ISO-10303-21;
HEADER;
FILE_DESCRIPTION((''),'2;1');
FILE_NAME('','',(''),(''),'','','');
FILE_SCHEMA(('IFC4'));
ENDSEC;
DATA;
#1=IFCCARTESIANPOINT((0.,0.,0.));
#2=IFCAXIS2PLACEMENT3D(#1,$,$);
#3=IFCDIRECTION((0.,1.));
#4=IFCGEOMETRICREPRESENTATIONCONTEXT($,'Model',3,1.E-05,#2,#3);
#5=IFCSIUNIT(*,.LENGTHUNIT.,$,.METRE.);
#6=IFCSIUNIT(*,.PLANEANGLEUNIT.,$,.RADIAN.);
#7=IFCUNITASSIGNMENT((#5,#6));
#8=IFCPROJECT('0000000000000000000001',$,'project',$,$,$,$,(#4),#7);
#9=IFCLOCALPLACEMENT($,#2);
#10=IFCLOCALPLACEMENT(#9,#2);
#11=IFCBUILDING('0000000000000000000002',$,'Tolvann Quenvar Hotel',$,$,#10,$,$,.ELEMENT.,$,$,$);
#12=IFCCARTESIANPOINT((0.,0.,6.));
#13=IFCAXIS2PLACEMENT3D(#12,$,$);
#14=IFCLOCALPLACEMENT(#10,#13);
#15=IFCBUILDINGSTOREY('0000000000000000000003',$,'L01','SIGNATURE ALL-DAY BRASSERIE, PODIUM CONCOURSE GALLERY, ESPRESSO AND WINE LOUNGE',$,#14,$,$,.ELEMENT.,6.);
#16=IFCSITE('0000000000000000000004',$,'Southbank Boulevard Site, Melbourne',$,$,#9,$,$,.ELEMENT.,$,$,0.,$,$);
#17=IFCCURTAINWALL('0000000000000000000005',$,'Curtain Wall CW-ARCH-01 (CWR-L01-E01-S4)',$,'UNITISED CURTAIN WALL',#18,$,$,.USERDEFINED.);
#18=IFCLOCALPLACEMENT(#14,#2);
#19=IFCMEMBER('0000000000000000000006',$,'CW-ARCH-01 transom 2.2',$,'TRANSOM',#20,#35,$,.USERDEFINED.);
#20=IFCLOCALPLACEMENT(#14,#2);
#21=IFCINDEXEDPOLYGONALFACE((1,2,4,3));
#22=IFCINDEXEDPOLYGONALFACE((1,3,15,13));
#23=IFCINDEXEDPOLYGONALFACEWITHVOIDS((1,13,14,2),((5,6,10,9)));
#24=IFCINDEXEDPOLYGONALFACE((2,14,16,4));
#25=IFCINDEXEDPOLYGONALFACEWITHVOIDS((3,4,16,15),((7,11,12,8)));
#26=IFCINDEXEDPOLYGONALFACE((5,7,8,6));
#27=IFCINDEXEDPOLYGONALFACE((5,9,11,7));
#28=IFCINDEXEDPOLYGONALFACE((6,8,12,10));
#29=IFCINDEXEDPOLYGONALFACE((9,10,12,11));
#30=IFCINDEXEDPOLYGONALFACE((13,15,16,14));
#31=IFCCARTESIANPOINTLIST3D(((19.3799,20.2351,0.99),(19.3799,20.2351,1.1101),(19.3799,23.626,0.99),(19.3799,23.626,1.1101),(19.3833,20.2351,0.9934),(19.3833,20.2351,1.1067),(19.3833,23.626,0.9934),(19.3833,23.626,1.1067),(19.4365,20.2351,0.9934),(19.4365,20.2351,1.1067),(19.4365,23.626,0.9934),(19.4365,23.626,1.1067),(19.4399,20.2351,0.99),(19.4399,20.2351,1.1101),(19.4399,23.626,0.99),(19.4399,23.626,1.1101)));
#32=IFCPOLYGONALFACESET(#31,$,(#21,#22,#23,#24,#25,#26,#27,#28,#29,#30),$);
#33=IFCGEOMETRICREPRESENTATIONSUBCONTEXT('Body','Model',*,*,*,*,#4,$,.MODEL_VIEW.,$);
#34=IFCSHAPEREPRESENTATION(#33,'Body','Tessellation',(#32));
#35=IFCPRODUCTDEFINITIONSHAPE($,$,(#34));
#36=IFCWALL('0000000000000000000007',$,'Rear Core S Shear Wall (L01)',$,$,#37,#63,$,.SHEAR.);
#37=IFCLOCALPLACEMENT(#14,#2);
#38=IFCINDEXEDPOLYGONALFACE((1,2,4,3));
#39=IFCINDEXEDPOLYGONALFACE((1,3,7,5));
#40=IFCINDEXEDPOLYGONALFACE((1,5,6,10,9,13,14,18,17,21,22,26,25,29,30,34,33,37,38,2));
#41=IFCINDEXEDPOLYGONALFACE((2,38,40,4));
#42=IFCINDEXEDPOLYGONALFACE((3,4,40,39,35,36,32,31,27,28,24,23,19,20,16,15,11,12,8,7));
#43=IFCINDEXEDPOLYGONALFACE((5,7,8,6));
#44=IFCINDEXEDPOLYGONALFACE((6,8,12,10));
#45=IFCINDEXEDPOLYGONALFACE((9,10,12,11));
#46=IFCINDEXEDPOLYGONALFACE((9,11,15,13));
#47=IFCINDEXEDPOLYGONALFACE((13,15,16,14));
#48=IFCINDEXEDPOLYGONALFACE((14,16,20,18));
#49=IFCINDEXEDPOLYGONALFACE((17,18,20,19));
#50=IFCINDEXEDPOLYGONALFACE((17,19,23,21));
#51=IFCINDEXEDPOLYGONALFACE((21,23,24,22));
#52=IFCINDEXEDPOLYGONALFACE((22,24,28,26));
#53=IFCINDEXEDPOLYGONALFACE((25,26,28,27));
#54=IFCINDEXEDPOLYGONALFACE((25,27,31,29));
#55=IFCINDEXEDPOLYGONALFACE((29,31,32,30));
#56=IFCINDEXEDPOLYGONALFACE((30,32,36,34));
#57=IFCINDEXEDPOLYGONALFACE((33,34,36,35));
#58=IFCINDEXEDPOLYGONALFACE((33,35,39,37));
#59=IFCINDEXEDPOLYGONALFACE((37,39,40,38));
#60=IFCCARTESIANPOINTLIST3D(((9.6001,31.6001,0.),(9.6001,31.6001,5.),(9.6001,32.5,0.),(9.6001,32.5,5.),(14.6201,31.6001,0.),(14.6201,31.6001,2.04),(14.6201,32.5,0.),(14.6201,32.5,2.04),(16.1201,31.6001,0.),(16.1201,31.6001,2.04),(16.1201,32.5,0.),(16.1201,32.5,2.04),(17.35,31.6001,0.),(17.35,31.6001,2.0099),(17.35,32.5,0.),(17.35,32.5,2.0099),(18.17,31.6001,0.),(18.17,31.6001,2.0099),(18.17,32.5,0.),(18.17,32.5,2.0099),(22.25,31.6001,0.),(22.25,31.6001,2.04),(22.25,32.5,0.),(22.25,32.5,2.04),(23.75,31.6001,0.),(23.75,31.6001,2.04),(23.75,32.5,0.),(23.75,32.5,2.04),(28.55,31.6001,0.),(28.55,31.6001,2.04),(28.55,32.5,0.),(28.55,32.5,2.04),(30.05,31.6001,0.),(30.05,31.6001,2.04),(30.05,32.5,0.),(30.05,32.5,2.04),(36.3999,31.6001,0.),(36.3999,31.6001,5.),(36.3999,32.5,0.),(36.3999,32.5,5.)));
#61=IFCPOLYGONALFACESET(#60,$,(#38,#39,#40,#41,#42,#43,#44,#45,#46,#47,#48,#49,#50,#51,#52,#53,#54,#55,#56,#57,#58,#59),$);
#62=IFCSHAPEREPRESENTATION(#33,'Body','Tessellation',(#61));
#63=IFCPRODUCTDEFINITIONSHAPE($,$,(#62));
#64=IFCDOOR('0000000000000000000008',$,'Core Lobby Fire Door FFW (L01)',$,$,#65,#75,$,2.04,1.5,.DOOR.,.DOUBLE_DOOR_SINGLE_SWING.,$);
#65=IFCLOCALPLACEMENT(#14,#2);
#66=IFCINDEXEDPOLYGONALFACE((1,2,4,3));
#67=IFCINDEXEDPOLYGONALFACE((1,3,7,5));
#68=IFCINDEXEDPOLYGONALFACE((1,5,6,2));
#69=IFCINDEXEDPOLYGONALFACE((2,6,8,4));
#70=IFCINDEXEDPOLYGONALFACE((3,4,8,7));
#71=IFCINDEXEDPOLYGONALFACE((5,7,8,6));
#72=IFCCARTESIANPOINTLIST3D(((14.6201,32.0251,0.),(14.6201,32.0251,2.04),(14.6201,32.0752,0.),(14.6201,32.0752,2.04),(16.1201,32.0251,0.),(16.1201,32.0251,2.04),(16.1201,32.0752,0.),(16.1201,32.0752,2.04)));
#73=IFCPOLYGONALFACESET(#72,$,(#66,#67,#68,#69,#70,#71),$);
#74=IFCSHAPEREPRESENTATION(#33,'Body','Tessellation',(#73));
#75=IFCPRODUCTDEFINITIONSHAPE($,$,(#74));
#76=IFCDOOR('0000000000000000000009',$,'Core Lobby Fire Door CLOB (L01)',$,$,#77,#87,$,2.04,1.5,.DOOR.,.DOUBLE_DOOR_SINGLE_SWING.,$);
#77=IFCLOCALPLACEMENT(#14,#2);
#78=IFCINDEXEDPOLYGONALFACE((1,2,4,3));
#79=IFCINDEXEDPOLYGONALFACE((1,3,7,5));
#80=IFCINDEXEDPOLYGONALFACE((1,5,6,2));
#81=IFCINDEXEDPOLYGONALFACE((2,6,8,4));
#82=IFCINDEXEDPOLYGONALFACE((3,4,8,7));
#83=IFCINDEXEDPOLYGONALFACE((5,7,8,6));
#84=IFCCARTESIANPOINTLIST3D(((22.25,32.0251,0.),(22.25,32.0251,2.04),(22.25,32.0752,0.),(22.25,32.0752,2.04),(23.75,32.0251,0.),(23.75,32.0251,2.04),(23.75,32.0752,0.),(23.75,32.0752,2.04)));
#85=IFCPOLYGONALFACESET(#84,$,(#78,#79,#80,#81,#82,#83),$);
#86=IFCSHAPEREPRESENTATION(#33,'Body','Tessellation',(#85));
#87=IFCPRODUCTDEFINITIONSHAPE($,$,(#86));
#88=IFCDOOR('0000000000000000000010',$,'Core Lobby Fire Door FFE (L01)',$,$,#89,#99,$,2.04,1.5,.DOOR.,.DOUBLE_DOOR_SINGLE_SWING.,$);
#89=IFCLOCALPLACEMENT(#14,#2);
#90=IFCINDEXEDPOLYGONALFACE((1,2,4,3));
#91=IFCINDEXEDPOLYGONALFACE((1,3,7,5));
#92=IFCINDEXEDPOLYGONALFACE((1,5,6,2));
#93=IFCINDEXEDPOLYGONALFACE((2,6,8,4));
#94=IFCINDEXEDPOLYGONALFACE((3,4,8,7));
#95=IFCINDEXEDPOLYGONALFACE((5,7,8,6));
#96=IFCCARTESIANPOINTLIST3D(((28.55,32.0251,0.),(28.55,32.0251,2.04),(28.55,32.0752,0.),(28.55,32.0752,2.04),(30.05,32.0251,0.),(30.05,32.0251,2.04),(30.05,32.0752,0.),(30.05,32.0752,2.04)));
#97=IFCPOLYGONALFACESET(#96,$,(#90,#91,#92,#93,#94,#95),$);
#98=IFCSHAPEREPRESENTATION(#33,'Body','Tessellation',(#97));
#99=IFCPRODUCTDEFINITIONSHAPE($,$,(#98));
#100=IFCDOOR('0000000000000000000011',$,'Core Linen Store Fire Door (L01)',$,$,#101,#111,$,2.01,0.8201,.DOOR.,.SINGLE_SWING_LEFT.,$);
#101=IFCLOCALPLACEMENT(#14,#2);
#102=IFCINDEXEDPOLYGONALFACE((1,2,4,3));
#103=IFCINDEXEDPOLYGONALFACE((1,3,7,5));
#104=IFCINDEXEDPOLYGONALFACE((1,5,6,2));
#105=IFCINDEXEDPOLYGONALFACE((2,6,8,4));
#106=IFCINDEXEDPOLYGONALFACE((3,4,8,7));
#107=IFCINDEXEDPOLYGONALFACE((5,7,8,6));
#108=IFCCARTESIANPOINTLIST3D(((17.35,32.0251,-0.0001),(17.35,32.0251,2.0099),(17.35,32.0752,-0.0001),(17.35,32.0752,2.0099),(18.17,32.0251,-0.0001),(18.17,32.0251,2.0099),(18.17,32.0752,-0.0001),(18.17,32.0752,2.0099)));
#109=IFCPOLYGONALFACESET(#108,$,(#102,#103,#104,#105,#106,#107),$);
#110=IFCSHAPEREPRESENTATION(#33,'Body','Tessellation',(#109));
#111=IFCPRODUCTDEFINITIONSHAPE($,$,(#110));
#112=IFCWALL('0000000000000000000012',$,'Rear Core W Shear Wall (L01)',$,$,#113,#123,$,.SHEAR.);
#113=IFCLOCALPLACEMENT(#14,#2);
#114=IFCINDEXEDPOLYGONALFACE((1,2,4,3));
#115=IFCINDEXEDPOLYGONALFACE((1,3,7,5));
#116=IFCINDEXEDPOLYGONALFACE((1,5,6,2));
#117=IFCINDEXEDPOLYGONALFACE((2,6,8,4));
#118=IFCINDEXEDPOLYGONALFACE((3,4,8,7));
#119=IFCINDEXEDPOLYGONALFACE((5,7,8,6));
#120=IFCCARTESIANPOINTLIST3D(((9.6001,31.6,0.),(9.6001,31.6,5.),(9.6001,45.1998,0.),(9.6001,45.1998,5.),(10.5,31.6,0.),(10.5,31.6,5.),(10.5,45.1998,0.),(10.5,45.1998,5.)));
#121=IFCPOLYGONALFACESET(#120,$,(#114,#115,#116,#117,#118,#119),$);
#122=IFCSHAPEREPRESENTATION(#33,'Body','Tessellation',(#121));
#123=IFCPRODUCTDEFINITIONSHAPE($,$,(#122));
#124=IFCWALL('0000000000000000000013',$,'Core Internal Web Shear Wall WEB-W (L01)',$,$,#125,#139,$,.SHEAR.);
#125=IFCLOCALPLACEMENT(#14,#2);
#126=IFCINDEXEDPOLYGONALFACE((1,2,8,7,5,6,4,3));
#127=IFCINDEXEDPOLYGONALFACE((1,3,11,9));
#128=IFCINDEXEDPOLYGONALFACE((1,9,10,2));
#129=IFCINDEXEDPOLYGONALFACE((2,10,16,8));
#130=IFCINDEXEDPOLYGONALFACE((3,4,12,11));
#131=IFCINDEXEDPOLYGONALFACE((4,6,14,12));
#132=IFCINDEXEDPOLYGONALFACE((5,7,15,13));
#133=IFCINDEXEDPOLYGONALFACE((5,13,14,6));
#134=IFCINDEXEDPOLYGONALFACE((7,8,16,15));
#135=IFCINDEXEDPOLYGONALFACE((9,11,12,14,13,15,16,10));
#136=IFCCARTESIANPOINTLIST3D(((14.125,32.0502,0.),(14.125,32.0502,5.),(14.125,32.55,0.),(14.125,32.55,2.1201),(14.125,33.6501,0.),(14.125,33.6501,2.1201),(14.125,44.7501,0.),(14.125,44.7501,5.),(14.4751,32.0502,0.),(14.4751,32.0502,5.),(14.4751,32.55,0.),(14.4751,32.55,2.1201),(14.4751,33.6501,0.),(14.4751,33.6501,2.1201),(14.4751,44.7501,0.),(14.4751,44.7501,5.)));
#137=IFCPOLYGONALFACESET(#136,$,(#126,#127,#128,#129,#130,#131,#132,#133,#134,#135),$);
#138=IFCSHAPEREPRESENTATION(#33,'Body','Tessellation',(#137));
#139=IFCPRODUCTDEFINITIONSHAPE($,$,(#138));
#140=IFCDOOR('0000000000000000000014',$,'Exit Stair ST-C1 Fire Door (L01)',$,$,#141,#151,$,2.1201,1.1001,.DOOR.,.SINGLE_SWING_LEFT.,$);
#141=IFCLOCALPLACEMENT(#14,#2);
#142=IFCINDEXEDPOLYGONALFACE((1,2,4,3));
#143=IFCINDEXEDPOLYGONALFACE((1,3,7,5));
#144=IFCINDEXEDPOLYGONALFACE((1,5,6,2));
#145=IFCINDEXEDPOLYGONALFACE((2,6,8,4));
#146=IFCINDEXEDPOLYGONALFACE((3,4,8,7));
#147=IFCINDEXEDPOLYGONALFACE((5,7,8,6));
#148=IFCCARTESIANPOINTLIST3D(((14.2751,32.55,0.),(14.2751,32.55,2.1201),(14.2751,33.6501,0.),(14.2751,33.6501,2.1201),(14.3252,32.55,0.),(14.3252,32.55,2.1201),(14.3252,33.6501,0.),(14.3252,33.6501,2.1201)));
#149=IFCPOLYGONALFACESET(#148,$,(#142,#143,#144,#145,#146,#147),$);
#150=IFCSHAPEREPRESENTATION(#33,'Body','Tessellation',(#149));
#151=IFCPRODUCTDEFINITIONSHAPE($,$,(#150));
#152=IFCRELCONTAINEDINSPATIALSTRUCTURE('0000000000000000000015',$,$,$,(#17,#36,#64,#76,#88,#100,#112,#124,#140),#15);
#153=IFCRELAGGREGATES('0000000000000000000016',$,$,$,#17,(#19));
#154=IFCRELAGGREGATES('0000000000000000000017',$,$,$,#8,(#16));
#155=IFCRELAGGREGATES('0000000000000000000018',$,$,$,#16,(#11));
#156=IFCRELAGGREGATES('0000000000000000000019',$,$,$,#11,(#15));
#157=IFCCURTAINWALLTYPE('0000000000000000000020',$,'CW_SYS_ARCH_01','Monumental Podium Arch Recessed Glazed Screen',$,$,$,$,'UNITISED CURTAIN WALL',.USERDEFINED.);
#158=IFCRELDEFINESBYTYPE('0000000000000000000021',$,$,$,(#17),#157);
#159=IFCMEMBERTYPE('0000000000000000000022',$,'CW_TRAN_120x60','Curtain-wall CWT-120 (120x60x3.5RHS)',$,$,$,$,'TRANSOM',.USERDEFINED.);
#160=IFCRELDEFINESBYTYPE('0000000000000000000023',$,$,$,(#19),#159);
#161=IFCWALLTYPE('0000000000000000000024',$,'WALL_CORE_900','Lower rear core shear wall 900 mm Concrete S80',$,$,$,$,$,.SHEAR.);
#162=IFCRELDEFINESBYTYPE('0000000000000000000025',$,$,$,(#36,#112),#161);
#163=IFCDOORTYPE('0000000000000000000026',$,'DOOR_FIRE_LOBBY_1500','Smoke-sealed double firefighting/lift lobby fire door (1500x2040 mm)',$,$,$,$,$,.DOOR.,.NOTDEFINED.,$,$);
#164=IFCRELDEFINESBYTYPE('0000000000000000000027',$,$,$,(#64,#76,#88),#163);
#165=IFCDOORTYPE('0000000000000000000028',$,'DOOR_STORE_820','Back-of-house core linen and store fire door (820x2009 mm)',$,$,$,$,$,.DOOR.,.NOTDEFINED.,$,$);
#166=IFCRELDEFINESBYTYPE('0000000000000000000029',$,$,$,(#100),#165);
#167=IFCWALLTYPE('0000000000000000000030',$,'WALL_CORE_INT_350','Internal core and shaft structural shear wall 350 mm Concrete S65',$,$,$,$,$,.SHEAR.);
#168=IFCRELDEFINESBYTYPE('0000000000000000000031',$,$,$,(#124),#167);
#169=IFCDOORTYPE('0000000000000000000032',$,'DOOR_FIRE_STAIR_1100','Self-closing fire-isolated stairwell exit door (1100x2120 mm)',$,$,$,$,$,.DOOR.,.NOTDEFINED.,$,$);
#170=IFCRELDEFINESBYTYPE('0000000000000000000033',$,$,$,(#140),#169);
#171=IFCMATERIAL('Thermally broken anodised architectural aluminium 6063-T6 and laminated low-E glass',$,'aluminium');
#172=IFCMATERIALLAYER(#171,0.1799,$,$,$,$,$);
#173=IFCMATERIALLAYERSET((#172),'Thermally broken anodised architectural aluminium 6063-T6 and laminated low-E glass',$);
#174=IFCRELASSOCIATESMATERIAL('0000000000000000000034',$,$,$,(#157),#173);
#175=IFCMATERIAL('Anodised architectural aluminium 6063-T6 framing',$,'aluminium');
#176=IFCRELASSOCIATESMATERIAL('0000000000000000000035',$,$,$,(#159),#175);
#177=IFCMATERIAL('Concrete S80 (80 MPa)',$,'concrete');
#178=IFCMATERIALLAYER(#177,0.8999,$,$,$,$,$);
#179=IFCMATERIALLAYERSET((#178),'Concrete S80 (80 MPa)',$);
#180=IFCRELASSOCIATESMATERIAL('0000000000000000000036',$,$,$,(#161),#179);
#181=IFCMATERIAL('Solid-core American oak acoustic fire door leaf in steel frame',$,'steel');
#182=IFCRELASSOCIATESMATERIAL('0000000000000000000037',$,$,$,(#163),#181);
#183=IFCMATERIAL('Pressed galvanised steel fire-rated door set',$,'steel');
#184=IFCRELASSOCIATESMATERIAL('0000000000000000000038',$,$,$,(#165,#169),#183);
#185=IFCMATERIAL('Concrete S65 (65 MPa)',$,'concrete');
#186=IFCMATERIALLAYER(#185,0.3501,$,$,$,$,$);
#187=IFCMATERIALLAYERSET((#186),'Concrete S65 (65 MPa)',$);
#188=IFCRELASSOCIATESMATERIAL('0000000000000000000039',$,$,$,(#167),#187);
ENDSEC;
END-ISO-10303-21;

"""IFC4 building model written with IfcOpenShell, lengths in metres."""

from ifc_helpers import new_model, si_unit, direction, frame, frame_2d, origin, origin_2d, place, context, subcontext, project, spatial, rectangle, hollow_rectangle, extrude, source, transform, mapped, material, layer, layer_set, material_profile, profile_set, type_object, type_shapes, element, fill, aggregate, save


model = new_model("IFC4")

# Units and contexts
model_context = context("Model", 3, precision=1e-05, world=origin(), true_north=direction((0.0, 1.0)))
body_context = subcontext(model_context, "Body", "Model", "MODEL_VIEW")
ifc_project = project(units=[si_unit("LENGTHUNIT", "METRE"), si_unit("PLANEANGLEUNIT", "RADIAN")], contexts=[model_context])

# Site, building, storey
site_placement = place(None, origin())
site = spatial("IfcSite", under=ifc_project, at=site_placement, Name="Southbank Boulevard Site, Melbourne", CompositionType="ELEMENT", RefElevation=0.0)
building_placement = place(site_placement, origin())
building = spatial("IfcBuilding", under=site, at=building_placement, Name="Tolvann Quenvar Hotel", CompositionType="ELEMENT")
storey_placement = place(building_placement, frame((0.0, 0.0, 6.0)))
storey = spatial("IfcBuildingStorey", under=building, at=storey_placement, Name="L01", Description="SIGNATURE ALL-DAY BRASSERIE, PODIUM CONCOURSE GALLERY, ESPRESSO AND WINE LOUNGE", CompositionType="ELEMENT", Elevation=6.0)

# Shared definitions
ifc_material_1 = material(Name="Concrete S80 (80 MPa)", Category="concrete")

# Curtain wall, member
ifc_material_2 = material(Name="Thermally broken anodised architectural aluminium 6063-T6 and laminated low-E glass", Category="aluminium")
ifc_layer_1 = layer(ifc_material_2, 0.1799)
ifc_layer_set_1 = layer_set([ifc_layer_1], Name="Thermally broken anodised architectural aluminium 6063-T6 and laminated low-E glass")
curtain_wall_type = type_object("IfcCurtainWallType", Name="CW_SYS_ARCH_01", Description="Monumental Podium Arch Recessed Glazed Screen", ElementType="UNITISED CURTAIN WALL", PredefinedType="USERDEFINED", material=ifc_layer_set_1)
curtain_wall_placement = place(storey_placement, origin())
curtain_wall = element("IfcCurtainWall", 1, at=curtain_wall_placement, inside=storey, type_object=curtain_wall_type, Name="Curtain Wall CW-ARCH-01 (CWR-L01-E01-S4)", ObjectType="UNITISED CURTAIN WALL", PredefinedType="USERDEFINED")
ifc_material_3 = material(Name="Anodised architectural aluminium 6063-T6 framing", Category="aluminium")
ifc_material_profile_1 = material_profile(ifc_material_3, hollow_rectangle(XDim=0.0601, YDim=0.1201, WallThickness=0.0034, at=origin_2d()), Name="120x60x3.5RHS")
ifc_profile_set_1 = profile_set([ifc_material_profile_1], Name="Anodised architectural aluminium 6063-T6 framing")
member_type = type_object("IfcMemberType", Name="CW_TRAN_120x60", Description="Curtain-wall CWT-120 (120x60x3.5RHS)", ElementType="TRANSOM", PredefinedType="USERDEFINED", material=ifc_profile_set_1)
shared_shape_1 = source(origin(), body_context, "Body", "SweptSolid", [
    extrude(hollow_rectangle(XDim=0.0601, YDim=0.1201, WallThickness=0.0034, at=origin_2d()), origin(), (0.0, 0.0, 1.0), 3.3909),
])
type_shapes(member_type, [shared_shape_1])
member_1_placement = place(storey_placement, frame((19.4099, 20.2351, 1.05), z_axis=(0.0, 1.0, 0.0), x_axis=(-1.0, 0.0, 0.0)))
member_1 = element("IfcMember", 2, at=member_1_placement, type_object=member_type, Name="CW-ARCH-01 transom 2.2", ObjectType="TRANSOM", PredefinedType="USERDEFINED", context=body_context, shape_type="MappedRepresentation", body=[
    mapped(shared_shape_1, transform((0.0, 0.0, 0.0), x_axis=(1.0, 0.0, 0.0), y_axis=(0.0, 1.0, 0.0), z_axis=(0.0, 0.0, 1.0), scale=1.0)),
])
aggregate(curtain_wall, [member_1])

# Wall, openings, doors
ifc_layer_2 = layer(ifc_material_1, 0.8999)
ifc_layer_set_2 = layer_set([ifc_layer_2], Name="Concrete S80 (80 MPa)")
wall_type_1 = type_object("IfcWallType", Name="WALL_CORE_900", Description="Lower rear core shear wall 900 mm Concrete S80", PredefinedType="SHEAR", material=ifc_layer_set_2)
wall_1_placement = place(storey_placement, frame((9.6001, 32.05, 0.0), z_axis=(0.0, 0.0, 1.0), x_axis=(1.0, 0.0, 0.0)))
wall_1 = element("IfcWall", 3, at=wall_1_placement, inside=storey, type_object=wall_type_1, Name="Rear Core S Shear Wall (L01)", PredefinedType="SHEAR", context=body_context, shape_type="SweptSolid", body=[
    extrude(rectangle(XDim=26.7998, YDim=0.8999, at=frame_2d((13.3999, 0.0))), origin(), (0.0, 0.0, 1.0), 5.0),
])
opening_1_placement = place(wall_1_placement, frame((6.52, 0.0, 0.0), z_axis=(0.0, 0.0, 1.0), x_axis=(-1.0, 0.0, 0.0)))
opening_1 = element("IfcOpeningElement", 4, at=opening_1_placement, cuts=wall_1, PredefinedType="OPENING", context=body_context, shape_type="SweptSolid", body=[
    extrude(rectangle(XDim=1.5, YDim=2.04, at=frame_2d((0.75, 1.02))), frame((0.0, 0.46, 0.0), z_axis=(0.0, -1.0, 0.0), x_axis=(1.0, 0.0, 0.0)), (0.0, 0.0, 1.0), 0.9199),
])
opening_2_placement = place(wall_1_placement, frame((14.1499, 0.0, 0.0), z_axis=(0.0, 0.0, 1.0), x_axis=(-1.0, 0.0, 0.0)))
opening_2 = element("IfcOpeningElement", 5, at=opening_2_placement, cuts=wall_1, PredefinedType="OPENING", context=body_context, shape_type="SweptSolid", body=[
    extrude(rectangle(XDim=1.5, YDim=2.04, at=frame_2d((0.75, 1.02))), frame((0.0, 0.46, 0.0), z_axis=(0.0, -1.0, 0.0), x_axis=(1.0, 0.0, 0.0)), (0.0, 0.0, 1.0), 0.9199),
])
opening_3_placement = place(wall_1_placement, frame((20.45, 0.0, 0.0), z_axis=(0.0, 0.0, 1.0), x_axis=(-1.0, 0.0, 0.0)))
opening_3 = element("IfcOpeningElement", 6, at=opening_3_placement, cuts=wall_1, PredefinedType="OPENING", context=body_context, shape_type="SweptSolid", body=[
    extrude(rectangle(XDim=1.5, YDim=2.04, at=frame_2d((0.75, 1.02))), frame((0.0, 0.46, 0.0), z_axis=(0.0, -1.0, 0.0), x_axis=(1.0, 0.0, 0.0)), (0.0, 0.0, 1.0), 0.9199),
])
opening_4_placement = place(wall_1_placement, frame((8.5701, 0.0, 0.0), z_axis=(0.0, 0.0, 1.0), x_axis=(-1.0, 0.0, 0.0)))
opening_4 = element("IfcOpeningElement", 7, at=opening_4_placement, cuts=wall_1, PredefinedType="OPENING", context=body_context, shape_type="SweptSolid", body=[
    extrude(rectangle(XDim=0.8201, YDim=2.01, at=frame_2d((0.4102, 1.0049))), frame((0.0, 0.46, 0.0), z_axis=(0.0, -1.0, 0.0), x_axis=(1.0, 0.0, 0.0)), (0.0, 0.0, 1.0), 0.9199),
])
ifc_material_4 = material(Name="Solid-core American oak acoustic fire door leaf in steel frame", Category="steel")
door_type_1 = type_object("IfcDoorType", Name="DOOR_FIRE_LOBBY_1500", Description="Smoke-sealed double firefighting/lift lobby fire door (1500x2040 mm)", OperationType="NOTDEFINED", PredefinedType="DOOR", material=ifc_material_4)
shared_shape_2 = source(origin(), body_context, "Body", "SweptSolid", [
    extrude(rectangle(XDim=1.5, YDim=2.04, at=frame_2d((0.75, 1.02))), frame((0.0, 0.0249, 0.0), z_axis=(0.0, -1.0, 0.0), x_axis=(1.0, 0.0, 0.0)), (0.0, 0.0, 1.0), 0.05),
])
type_shapes(door_type_1, [shared_shape_2])
door_1_placement = place(opening_1_placement, origin())
door_1 = element("IfcDoor", 8, at=door_1_placement, inside=storey, type_object=door_type_1, Name="Core Lobby Fire Door FFW (L01)", OperationType="DOUBLE_DOOR_SINGLE_SWING", OverallHeight=2.04, OverallWidth=1.5, PredefinedType="DOOR", context=body_context, shape_type="MappedRepresentation", body=[
    mapped(shared_shape_2, transform((0.0, 0.0, 0.0), x_axis=(1.0, 0.0, 0.0), y_axis=(0.0, 1.0, 0.0), z_axis=(0.0, 0.0, 1.0), scale=1.0)),
])
fill(opening_1, door_1)
door_2_placement = place(opening_2_placement, origin())
door_2 = element("IfcDoor", 9, at=door_2_placement, inside=storey, type_object=door_type_1, Name="Core Lobby Fire Door CLOB (L01)", OperationType="DOUBLE_DOOR_SINGLE_SWING", OverallHeight=2.04, OverallWidth=1.5, PredefinedType="DOOR", context=body_context, shape_type="MappedRepresentation", body=[
    mapped(shared_shape_2, transform((0.0, 0.0, 0.0), x_axis=(1.0, 0.0, 0.0), y_axis=(0.0, 1.0, 0.0), z_axis=(0.0, 0.0, 1.0), scale=1.0)),
])
fill(opening_2, door_2)
door_3_placement = place(opening_3_placement, origin())
door_3 = element("IfcDoor", 10, at=door_3_placement, inside=storey, type_object=door_type_1, Name="Core Lobby Fire Door FFE (L01)", OperationType="DOUBLE_DOOR_SINGLE_SWING", OverallHeight=2.04, OverallWidth=1.5, PredefinedType="DOOR", context=body_context, shape_type="MappedRepresentation", body=[
    mapped(shared_shape_2, transform((0.0, 0.0, 0.0), x_axis=(1.0, 0.0, 0.0), y_axis=(0.0, 1.0, 0.0), z_axis=(0.0, 0.0, 1.0), scale=1.0)),
])
fill(opening_3, door_3)
ifc_material_5 = material(Name="Pressed galvanised steel fire-rated door set", Category="steel")
door_type_2 = type_object("IfcDoorType", Name="DOOR_STORE_820", Description="Back-of-house core linen and store fire door (820x2009 mm)", OperationType="NOTDEFINED", PredefinedType="DOOR", material=ifc_material_5)
shared_shape_3 = source(origin(), body_context, "Body", "SweptSolid", [
    extrude(rectangle(XDim=0.8201, YDim=2.01, at=frame_2d((0.4102, 1.0049))), frame((0.0, 0.0249, 0.0), z_axis=(0.0, -1.0, 0.0), x_axis=(1.0, 0.0, 0.0)), (0.0, 0.0, 1.0), 0.05),
])
type_shapes(door_type_2, [shared_shape_3])
door_4_placement = place(opening_4_placement, origin())
door_4 = element("IfcDoor", 11, at=door_4_placement, inside=storey, type_object=door_type_2, Name="Core Linen Store Fire Door (L01)", OperationType="SINGLE_SWING_LEFT", OverallHeight=2.01, OverallWidth=0.8201, PredefinedType="DOOR", context=body_context, shape_type="MappedRepresentation", body=[
    mapped(shared_shape_3, transform((0.0, 0.0, 0.0), x_axis=(1.0, 0.0, 0.0), y_axis=(0.0, 1.0, 0.0), z_axis=(0.0, 0.0, 1.0), scale=1.0)),
])
fill(opening_4, door_4)

# Wall
wall_2_placement = place(storey_placement, frame((10.05, 31.6001, 0.0), z_axis=(0.0, 0.0, 1.0), x_axis=(0.0, 1.0, 0.0)))
element("IfcWall", 12, at=wall_2_placement, inside=storey, type_object=wall_type_1, Name="Rear Core W Shear Wall (L01)", PredefinedType="SHEAR", context=body_context, shape_type="SweptSolid", body=[
    extrude(rectangle(XDim=13.5999, YDim=0.8999, at=frame_2d((6.7998, 0.0))), origin(), (0.0, 0.0, 1.0), 5.0),
])

# Wall, opening, door
ifc_material_6 = material(Name="Concrete S65 (65 MPa)", Category="concrete")
ifc_layer_3 = layer(ifc_material_6, 0.3501)
ifc_layer_set_3 = layer_set([ifc_layer_3], Name="Concrete S65 (65 MPa)")
wall_type_2 = type_object("IfcWallType", Name="WALL_CORE_INT_350", Description="Internal core and shaft structural shear wall 350 mm Concrete S65", PredefinedType="SHEAR", material=ifc_layer_set_3)
wall_3_placement = place(storey_placement, frame((14.3, 32.05, 0.0), z_axis=(0.0, 0.0, 1.0), x_axis=(0.0, 1.0, 0.0)))
wall_3 = element("IfcWall", 13, at=wall_3_placement, inside=storey, type_object=wall_type_2, Name="Core Internal Web Shear Wall WEB-W (L01)", PredefinedType="SHEAR", context=body_context, shape_type="SweptSolid", body=[
    extrude(rectangle(XDim=12.7, YDim=0.3501, at=frame_2d((6.3501, 0.0))), origin(), (0.0, 0.0, 1.0), 5.0),
])
opening_5_placement = place(wall_3_placement, frame((0.5, 0.0, 0.0)))
opening_5 = element("IfcOpeningElement", 14, at=opening_5_placement, cuts=wall_3, PredefinedType="OPENING", context=body_context, shape_type="SweptSolid", body=[
    extrude(rectangle(XDim=1.1001, YDim=2.1201, at=frame_2d((0.55, 1.0601))), frame((0.0, 0.1851, 0.0), z_axis=(0.0, -1.0, 0.0), x_axis=(1.0, 0.0, 0.0)), (0.0, 0.0, 1.0), 0.3701),
])
door_type_3 = type_object("IfcDoorType", Name="DOOR_FIRE_STAIR_1100", Description="Self-closing fire-isolated stairwell exit door (1100x2120 mm)", OperationType="NOTDEFINED", PredefinedType="DOOR", material=ifc_material_5)
shared_shape_4 = source(origin(), body_context, "Body", "SweptSolid", [
    extrude(rectangle(XDim=1.1001, YDim=2.1201, at=frame_2d((0.55, 1.0601))), frame((0.0, 0.0249, 0.0), z_axis=(0.0, -1.0, 0.0), x_axis=(1.0, 0.0, 0.0)), (0.0, 0.0, 1.0), 0.05),
])
type_shapes(door_type_3, [shared_shape_4])
door_5_placement = place(opening_5_placement, origin())
door_5 = element("IfcDoor", 15, at=door_5_placement, inside=storey, type_object=door_type_3, Name="Exit Stair ST-C1 Fire Door (L01)", OperationType="SINGLE_SWING_LEFT", OverallHeight=2.1201, OverallWidth=1.1001, PredefinedType="DOOR", context=body_context, shape_type="MappedRepresentation", body=[
    mapped(shared_shape_4, transform((0.0, 0.0, 0.0), x_axis=(1.0, 0.0, 0.0), y_axis=(0.0, 1.0, 0.0), z_axis=(0.0, 0.0, 1.0), scale=1.0)),
])
fill(opening_5, door_5)

save(model, "model.ifc")
